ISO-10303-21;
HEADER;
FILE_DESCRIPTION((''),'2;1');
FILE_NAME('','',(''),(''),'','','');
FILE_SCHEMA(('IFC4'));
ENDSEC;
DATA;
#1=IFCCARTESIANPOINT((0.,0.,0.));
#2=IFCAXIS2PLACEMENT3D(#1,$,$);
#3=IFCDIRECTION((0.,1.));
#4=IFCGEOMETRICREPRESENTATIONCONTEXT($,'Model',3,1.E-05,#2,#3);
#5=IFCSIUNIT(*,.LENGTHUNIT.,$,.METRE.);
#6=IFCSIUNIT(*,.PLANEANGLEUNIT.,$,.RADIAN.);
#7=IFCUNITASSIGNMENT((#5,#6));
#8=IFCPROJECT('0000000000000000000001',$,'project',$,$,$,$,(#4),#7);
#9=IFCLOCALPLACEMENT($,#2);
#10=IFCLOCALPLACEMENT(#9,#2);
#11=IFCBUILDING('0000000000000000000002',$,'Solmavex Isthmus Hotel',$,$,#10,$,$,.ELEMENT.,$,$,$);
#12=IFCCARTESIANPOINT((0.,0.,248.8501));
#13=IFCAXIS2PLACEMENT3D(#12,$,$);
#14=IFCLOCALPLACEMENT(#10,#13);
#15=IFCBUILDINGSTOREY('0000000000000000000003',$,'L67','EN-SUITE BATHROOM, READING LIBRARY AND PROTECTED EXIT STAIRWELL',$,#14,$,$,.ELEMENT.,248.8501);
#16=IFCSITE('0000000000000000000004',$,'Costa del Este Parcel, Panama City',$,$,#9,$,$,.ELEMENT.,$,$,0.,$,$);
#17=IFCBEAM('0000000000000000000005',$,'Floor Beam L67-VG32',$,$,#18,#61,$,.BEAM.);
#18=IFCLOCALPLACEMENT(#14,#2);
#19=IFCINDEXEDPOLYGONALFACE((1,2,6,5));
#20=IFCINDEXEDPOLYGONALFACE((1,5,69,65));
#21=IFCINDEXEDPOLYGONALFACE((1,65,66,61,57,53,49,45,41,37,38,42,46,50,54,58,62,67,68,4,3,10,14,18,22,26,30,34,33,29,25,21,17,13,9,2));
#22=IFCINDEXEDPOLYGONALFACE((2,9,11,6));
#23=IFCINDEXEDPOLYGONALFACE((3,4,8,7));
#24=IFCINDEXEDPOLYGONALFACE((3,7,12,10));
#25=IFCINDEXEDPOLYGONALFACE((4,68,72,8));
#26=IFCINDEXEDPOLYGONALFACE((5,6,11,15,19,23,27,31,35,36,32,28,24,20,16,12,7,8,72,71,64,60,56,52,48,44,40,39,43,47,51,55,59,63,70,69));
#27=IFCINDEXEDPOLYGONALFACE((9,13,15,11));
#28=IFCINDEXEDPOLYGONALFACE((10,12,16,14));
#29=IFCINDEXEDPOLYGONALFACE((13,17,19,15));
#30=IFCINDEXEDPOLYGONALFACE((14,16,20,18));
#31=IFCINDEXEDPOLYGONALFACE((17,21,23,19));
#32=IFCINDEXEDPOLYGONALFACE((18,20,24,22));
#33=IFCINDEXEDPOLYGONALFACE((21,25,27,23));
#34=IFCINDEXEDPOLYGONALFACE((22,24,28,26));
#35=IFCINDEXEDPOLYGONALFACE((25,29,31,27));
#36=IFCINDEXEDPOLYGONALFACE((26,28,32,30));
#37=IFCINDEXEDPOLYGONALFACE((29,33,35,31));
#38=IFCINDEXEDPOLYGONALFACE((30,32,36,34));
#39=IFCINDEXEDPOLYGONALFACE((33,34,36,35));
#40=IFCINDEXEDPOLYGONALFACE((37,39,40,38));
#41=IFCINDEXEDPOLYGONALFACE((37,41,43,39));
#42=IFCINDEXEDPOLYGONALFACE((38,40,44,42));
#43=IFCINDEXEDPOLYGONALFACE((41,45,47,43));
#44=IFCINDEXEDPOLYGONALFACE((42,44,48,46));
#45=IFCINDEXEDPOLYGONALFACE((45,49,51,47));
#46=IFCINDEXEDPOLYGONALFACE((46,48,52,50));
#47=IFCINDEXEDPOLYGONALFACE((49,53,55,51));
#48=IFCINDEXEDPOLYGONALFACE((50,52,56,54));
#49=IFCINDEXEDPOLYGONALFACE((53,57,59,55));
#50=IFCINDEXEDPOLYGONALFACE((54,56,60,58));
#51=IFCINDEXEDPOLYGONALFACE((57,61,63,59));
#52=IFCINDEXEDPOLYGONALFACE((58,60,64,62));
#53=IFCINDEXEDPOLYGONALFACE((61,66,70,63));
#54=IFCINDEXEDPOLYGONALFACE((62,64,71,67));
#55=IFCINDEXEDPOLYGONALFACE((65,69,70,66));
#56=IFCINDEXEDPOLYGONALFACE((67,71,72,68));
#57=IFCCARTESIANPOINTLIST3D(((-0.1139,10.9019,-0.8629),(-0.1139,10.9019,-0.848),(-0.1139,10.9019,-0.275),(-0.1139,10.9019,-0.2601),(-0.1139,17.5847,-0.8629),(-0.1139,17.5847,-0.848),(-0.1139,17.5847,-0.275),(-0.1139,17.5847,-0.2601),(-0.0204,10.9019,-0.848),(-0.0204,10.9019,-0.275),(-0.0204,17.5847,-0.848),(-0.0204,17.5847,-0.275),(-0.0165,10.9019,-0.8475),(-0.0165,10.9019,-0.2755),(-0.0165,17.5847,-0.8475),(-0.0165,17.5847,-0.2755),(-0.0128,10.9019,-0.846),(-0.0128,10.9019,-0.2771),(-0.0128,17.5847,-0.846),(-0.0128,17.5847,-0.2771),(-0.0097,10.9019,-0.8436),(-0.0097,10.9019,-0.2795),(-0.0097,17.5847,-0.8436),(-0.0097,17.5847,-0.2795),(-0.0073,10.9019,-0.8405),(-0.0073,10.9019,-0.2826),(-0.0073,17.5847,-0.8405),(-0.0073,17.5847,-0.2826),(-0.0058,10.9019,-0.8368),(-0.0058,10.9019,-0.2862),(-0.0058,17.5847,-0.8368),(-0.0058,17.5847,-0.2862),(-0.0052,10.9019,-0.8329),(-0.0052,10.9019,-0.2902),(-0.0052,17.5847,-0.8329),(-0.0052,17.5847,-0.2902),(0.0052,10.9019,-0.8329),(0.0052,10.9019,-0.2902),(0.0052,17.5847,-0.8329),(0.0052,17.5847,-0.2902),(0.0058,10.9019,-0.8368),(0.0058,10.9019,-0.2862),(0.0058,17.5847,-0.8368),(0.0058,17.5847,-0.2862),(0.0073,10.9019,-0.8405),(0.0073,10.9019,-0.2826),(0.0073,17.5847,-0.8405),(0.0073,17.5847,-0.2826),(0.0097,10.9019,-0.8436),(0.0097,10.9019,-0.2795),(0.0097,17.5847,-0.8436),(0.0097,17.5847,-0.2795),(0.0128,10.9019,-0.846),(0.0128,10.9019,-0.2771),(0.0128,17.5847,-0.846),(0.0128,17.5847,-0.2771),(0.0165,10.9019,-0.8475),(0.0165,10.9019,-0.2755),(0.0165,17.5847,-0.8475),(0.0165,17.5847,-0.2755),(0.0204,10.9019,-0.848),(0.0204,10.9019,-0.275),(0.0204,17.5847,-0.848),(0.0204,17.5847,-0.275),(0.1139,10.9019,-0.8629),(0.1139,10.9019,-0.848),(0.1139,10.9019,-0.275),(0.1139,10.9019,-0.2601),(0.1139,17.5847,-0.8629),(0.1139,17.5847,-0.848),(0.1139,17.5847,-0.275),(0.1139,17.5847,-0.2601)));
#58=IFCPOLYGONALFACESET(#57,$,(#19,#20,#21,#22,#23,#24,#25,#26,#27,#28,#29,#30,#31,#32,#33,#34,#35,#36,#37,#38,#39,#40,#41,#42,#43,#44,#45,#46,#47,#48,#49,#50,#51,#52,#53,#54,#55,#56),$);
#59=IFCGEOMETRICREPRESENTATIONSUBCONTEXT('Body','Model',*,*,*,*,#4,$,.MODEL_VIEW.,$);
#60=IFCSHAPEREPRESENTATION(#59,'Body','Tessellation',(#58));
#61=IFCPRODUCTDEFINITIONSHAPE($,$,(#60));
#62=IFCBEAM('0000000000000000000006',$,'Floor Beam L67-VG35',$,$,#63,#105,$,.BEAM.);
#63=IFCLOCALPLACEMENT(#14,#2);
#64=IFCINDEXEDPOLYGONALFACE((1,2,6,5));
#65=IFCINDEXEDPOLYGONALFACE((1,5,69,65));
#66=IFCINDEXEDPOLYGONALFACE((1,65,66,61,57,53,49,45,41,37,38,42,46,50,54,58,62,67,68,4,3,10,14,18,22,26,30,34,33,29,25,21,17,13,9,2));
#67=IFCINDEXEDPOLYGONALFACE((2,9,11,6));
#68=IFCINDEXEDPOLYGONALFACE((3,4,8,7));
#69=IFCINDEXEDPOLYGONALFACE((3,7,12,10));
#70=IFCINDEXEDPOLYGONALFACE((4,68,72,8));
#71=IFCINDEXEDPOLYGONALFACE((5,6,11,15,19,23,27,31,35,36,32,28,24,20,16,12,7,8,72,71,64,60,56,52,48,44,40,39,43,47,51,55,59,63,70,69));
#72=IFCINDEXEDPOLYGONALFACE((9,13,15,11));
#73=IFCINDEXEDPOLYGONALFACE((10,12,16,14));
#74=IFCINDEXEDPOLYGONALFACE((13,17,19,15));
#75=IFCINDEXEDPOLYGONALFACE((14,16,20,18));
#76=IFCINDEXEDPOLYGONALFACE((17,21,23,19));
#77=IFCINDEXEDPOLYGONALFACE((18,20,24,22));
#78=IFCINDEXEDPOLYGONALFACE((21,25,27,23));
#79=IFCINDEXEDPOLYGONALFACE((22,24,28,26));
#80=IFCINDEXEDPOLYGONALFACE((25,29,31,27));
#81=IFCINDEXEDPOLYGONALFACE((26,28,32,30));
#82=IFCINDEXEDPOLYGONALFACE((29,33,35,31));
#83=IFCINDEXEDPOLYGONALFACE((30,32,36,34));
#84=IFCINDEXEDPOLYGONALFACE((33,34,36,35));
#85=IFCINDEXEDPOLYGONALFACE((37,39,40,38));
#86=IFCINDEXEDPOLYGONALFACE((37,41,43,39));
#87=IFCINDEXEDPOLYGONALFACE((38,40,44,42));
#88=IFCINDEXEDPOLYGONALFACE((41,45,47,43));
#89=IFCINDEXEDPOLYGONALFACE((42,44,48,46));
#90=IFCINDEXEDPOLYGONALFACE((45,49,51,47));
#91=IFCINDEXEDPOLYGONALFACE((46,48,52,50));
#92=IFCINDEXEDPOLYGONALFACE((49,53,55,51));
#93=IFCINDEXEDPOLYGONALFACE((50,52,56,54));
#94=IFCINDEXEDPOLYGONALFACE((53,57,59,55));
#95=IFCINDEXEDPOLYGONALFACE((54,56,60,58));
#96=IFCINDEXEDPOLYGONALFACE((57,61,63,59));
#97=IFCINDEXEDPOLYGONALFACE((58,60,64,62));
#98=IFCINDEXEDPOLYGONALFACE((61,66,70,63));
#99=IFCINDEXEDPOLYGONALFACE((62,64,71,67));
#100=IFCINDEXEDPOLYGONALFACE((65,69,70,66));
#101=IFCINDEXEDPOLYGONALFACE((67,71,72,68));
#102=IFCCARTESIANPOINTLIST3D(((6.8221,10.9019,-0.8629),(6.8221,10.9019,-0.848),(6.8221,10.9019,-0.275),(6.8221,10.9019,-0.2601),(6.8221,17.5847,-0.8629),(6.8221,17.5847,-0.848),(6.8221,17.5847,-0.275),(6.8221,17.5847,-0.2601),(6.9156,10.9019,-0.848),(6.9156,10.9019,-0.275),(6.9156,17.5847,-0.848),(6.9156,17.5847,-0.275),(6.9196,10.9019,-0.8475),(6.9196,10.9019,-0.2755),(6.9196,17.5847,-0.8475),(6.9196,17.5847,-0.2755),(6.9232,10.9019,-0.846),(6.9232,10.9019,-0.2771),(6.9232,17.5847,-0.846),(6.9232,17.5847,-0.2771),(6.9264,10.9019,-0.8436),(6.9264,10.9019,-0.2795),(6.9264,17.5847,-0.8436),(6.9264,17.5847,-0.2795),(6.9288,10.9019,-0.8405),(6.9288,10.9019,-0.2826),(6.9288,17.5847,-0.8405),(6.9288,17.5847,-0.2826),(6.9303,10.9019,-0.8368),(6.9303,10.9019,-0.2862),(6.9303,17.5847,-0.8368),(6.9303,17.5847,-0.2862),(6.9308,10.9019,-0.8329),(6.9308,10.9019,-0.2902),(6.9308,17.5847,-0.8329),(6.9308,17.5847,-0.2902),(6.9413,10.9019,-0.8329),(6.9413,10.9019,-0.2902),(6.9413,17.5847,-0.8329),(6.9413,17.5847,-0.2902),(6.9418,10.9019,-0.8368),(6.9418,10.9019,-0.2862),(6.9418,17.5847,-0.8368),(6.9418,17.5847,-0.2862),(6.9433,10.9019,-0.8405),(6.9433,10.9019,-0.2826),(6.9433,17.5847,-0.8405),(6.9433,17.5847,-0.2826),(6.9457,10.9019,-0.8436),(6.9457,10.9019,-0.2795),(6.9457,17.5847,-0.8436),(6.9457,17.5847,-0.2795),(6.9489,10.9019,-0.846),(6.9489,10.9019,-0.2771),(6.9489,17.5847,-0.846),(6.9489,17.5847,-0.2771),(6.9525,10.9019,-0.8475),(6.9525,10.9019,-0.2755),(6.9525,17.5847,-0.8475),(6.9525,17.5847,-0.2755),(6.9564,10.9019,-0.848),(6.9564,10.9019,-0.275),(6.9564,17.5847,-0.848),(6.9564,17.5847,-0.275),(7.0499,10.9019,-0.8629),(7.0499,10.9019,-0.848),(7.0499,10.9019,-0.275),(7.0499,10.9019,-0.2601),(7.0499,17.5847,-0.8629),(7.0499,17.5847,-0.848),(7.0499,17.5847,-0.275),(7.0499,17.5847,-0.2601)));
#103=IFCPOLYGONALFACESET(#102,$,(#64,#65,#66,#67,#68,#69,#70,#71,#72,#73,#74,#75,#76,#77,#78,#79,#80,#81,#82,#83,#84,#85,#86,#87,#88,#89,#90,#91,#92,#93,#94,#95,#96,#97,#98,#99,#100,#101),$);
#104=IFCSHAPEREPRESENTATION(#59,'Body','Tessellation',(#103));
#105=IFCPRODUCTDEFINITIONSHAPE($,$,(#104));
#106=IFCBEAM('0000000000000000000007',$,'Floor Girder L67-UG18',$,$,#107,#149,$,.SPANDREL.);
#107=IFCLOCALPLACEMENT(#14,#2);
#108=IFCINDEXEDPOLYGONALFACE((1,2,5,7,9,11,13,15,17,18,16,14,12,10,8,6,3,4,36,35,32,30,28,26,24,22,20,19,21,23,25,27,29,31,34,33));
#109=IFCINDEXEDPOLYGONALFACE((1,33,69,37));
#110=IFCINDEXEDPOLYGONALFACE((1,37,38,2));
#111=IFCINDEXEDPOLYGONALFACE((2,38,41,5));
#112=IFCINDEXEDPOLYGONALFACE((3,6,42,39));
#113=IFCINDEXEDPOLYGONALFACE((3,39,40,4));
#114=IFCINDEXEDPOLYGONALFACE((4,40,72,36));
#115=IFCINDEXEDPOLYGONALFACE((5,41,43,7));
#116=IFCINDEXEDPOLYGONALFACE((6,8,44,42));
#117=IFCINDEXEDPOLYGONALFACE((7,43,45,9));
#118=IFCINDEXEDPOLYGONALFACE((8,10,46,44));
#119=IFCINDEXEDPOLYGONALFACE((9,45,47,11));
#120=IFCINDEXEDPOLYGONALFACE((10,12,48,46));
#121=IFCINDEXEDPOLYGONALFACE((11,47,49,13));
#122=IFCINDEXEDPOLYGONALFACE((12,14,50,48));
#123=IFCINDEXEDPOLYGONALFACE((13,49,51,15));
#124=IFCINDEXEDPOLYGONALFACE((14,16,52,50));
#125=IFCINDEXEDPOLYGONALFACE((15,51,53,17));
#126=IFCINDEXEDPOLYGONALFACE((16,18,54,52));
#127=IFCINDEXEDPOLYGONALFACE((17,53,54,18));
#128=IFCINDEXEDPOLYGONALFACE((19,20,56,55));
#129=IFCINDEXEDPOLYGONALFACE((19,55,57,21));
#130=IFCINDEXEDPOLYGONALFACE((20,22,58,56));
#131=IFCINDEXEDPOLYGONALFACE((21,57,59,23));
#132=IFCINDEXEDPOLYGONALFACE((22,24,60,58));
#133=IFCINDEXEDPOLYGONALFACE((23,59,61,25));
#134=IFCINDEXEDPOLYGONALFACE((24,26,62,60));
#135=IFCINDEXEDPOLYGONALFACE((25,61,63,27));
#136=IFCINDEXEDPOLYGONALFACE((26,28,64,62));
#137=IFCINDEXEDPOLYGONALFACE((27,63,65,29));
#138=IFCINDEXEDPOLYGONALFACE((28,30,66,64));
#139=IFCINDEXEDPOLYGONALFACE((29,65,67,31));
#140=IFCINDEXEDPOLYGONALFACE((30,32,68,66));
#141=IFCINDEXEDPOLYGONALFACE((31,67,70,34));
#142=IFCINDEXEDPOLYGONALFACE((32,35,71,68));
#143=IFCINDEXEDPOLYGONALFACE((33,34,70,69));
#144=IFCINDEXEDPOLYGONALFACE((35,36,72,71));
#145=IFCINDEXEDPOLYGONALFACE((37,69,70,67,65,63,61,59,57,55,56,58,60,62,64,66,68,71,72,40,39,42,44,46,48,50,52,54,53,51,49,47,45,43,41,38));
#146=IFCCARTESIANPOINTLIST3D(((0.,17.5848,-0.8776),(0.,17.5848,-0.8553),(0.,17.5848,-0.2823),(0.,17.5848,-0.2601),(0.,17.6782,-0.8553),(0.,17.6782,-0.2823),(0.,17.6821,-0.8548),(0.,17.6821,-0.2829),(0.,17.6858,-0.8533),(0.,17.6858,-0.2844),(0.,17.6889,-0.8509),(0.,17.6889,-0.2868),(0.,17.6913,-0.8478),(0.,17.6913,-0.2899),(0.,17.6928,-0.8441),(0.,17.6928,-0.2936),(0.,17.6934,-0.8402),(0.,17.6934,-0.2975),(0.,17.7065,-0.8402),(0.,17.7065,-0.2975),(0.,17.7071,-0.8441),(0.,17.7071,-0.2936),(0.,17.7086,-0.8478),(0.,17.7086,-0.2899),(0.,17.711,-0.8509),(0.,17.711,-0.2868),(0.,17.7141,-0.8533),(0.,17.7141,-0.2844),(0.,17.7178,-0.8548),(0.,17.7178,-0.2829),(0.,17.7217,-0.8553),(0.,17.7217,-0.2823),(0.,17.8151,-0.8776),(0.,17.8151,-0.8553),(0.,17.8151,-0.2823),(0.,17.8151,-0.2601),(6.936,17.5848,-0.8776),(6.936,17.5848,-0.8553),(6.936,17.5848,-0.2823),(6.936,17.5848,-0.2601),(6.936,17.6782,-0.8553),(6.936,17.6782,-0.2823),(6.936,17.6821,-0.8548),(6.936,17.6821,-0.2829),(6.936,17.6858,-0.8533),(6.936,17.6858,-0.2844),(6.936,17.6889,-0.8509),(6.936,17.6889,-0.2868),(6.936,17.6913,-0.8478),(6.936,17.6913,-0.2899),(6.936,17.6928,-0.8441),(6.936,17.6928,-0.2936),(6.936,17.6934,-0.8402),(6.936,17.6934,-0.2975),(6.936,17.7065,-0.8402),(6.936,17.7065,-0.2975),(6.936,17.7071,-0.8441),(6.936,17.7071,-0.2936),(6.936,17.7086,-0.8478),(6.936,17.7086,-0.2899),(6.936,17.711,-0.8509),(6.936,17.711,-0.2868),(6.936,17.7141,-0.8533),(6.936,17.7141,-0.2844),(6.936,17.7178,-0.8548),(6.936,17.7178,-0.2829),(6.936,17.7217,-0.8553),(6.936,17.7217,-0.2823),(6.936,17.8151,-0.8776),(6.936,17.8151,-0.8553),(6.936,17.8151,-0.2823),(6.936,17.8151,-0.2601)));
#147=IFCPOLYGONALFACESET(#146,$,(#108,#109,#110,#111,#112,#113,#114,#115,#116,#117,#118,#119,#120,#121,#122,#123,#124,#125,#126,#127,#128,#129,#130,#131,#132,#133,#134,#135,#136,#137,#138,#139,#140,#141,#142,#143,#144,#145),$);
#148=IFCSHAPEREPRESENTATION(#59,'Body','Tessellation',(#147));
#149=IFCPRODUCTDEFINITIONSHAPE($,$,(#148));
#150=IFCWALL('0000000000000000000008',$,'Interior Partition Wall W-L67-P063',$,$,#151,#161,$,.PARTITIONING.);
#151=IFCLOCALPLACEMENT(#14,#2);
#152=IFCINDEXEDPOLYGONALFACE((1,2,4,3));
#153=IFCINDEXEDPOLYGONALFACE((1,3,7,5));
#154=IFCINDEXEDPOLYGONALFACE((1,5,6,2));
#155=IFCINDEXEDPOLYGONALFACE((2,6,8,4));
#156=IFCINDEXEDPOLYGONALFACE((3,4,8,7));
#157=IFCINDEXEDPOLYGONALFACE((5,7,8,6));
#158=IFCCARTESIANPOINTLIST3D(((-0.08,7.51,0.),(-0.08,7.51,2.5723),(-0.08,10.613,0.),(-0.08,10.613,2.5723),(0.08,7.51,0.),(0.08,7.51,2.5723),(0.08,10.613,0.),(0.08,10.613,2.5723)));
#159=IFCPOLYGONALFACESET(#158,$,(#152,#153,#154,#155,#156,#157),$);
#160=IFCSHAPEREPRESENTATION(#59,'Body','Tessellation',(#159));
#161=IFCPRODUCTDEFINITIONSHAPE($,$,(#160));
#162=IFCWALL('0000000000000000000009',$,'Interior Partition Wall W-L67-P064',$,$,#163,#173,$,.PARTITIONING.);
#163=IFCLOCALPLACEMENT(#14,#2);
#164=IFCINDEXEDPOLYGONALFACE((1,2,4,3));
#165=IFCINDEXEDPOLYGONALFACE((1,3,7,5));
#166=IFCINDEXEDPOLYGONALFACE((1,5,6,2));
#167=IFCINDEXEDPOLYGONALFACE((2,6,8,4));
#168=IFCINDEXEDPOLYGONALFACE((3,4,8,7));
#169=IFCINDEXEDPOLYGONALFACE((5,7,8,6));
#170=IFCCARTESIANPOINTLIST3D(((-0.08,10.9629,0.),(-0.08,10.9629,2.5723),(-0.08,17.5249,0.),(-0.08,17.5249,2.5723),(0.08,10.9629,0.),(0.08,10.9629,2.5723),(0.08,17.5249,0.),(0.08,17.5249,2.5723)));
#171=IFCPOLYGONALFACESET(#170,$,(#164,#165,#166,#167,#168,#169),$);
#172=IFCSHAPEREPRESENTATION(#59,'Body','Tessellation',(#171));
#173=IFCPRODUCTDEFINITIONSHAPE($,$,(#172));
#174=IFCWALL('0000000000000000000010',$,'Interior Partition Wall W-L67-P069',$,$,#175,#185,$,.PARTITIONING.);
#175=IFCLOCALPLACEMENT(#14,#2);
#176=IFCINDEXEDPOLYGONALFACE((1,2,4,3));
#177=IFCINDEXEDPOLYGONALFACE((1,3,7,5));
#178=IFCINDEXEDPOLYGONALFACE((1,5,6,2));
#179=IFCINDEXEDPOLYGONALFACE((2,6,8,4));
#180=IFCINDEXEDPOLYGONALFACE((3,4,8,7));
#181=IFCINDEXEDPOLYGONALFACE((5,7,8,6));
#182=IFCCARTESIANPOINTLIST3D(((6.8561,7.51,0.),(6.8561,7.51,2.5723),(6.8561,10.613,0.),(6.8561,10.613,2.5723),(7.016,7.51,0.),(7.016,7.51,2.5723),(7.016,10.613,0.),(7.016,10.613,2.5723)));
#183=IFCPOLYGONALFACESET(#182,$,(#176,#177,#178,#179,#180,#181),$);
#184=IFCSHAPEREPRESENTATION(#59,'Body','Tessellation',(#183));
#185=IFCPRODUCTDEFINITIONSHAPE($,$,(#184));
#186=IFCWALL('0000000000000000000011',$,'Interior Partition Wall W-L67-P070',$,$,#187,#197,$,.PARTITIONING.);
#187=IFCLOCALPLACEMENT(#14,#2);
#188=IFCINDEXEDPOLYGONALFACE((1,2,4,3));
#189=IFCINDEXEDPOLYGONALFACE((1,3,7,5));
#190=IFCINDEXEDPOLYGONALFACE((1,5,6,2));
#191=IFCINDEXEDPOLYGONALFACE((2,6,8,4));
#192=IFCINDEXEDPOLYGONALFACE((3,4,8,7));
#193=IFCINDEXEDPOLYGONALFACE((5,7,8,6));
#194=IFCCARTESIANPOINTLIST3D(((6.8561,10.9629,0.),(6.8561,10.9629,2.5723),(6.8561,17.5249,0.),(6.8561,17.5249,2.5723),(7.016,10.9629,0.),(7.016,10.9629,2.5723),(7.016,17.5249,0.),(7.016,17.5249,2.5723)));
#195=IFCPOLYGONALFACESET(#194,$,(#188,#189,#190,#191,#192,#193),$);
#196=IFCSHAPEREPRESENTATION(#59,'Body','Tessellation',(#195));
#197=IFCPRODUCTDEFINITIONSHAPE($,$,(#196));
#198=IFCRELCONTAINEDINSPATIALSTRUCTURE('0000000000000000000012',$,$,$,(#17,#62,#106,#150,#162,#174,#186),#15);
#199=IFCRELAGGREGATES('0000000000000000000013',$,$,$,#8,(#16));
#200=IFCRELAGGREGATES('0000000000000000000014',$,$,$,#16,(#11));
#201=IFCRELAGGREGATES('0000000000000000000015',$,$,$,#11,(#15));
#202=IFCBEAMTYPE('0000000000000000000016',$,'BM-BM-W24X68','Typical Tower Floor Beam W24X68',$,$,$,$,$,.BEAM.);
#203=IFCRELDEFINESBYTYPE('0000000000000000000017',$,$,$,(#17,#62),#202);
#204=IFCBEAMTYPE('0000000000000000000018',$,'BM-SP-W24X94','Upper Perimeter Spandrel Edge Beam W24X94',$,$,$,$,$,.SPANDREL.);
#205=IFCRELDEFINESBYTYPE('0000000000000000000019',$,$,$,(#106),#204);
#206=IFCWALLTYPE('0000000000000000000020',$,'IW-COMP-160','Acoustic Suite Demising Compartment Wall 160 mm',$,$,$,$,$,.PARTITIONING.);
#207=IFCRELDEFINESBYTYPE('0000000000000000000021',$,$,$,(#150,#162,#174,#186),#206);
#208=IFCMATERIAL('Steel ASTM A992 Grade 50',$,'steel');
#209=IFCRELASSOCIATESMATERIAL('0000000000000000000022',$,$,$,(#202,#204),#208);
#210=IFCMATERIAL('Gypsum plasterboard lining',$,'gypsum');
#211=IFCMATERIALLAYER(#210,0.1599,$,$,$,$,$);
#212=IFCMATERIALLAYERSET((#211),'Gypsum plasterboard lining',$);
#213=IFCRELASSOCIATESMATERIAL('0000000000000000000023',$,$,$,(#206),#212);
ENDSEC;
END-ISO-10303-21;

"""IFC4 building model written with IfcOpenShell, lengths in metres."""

from ifc_helpers import new_model, si_unit, direction, frame, frame_2d, origin, origin_2d, place, context, subcontext, project, spatial, rectangle, i_section, extrude, material, layer, layer_set, material_profile, profile_set, type_object, element, save


model = new_model("IFC4")

# Units and contexts
model_context = context("Model", 3, precision=1e-05, world=origin(), true_north=direction((0.0, 1.0)))
body_context = subcontext(model_context, "Body", "Model", "MODEL_VIEW")
ifc_project = project(units=[si_unit("LENGTHUNIT", "METRE"), si_unit("PLANEANGLEUNIT", "RADIAN")], contexts=[model_context])

# Site, building, storey
site_placement = place(None, origin())
site = spatial("IfcSite", under=ifc_project, at=site_placement, Name="Costa del Este Parcel, Panama City", CompositionType="ELEMENT", RefElevation=0.0)
building_placement = place(site_placement, origin())
building = spatial("IfcBuilding", under=site, at=building_placement, Name="Solmavex Isthmus Hotel", CompositionType="ELEMENT")
storey_placement = place(building_placement, frame((0.0, 0.0, 248.8501)))
storey = spatial("IfcBuildingStorey", under=building, at=storey_placement, Name="L67", Description="EN-SUITE BATHROOM, READING LIBRARY AND PROTECTED EXIT STAIRWELL", CompositionType="ELEMENT", Elevation=248.8501)

# Beams
ifc_material_1 = material(Name="Steel ASTM A992 Grade 50", Category="steel")
ifc_material_profile_1 = material_profile(ifc_material_1, i_section(OverallWidth=0.2278, OverallDepth=0.6028, WebThickness=0.0105, FlangeThickness=0.0149, FilletRadius=0.0151, at=origin_2d()), Name="W24X68")
ifc_profile_set_1 = profile_set([ifc_material_profile_1], Name="Steel ASTM A992 Grade 50")
beam_type_1 = type_object("IfcBeamType", Name="BM-BM-W24X68", Description="Typical Tower Floor Beam W24X68", PredefinedType="BEAM", material=ifc_profile_set_1)
for number, where, z_axis, x_axis, name in (
    (1, (0.0, 10.9019, -0.5615), (0.0, 1.0, 0.0), (-1.0, 0.0, 0.0), "Floor Beam L67-VG32"),
    (2, (6.936, 10.9019, -0.5615), (0.0, 1.0, 0.0), (-1.0, 0.0, 0.0), "Floor Beam L67-VG35"),
):
    element("IfcBeam", number, at=place(storey_placement, frame(where, z_axis=z_axis, x_axis=x_axis)), inside=storey, type_object=beam_type_1, Name=name, PredefinedType="BEAM", context=body_context, shape_type="SweptSolid", body=[
        extrude(i_section(OverallWidth=0.2278, OverallDepth=0.6028, WebThickness=0.0105, FlangeThickness=0.0149, FilletRadius=0.0151, at=origin_2d()), origin(), (0.0, 0.0, 1.0), 6.6829),
    ])
ifc_material_profile_2 = material_profile(ifc_material_1, i_section(OverallWidth=0.2302, OverallDepth=0.6174, WebThickness=0.0132, FlangeThickness=0.0222, FilletRadius=0.0151, at=origin_2d()), Name="W24X94")
ifc_profile_set_2 = profile_set([ifc_material_profile_2], Name="Steel ASTM A992 Grade 50")
beam_type_2 = type_object("IfcBeamType", Name="BM-SP-W24X94", Description="Upper Perimeter Spandrel Edge Beam W24X94", PredefinedType="SPANDREL", material=ifc_profile_set_2)
beam_placement = place(storey_placement, frame((0.0, 17.7, -0.5688), z_axis=(1.0, 0.0, 0.0), x_axis=(0.0, 1.0, 0.0)))
element("IfcBeam", 3, at=beam_placement, inside=storey, type_object=beam_type_2, Name="Floor Girder L67-UG18", PredefinedType="SPANDREL", context=body_context, shape_type="SweptSolid", body=[
    extrude(i_section(OverallWidth=0.2302, OverallDepth=0.6174, WebThickness=0.0132, FlangeThickness=0.0222, FilletRadius=0.0151, at=origin_2d()), origin(), (0.0, 0.0, 1.0), 6.936),
])

# Walls
ifc_material_2 = material(Name="Gypsum plasterboard lining", Category="gypsum")
ifc_layer_1 = layer(ifc_material_2, 0.1599)
ifc_layer_set_1 = layer_set([ifc_layer_1], Name="Gypsum plasterboard lining")
wall_type_1 = type_object("IfcWallType", Name="IW-COMP-160", Description="Acoustic Suite Demising Compartment Wall 160 mm", PredefinedType="PARTITIONING", material=ifc_layer_set_1)
wall_1_placement = place(storey_placement, frame((0.0, 10.613, 0.0), z_axis=(0.0, 0.0, 1.0), x_axis=(0.0, -1.0, 0.0)))
element("IfcWall", 4, at=wall_1_placement, inside=storey, type_object=wall_type_1, Name="Interior Partition Wall W-L67-P063", PredefinedType="PARTITIONING", context=body_context, shape_type="SweptSolid", body=[
    extrude(rectangle(XDim=3.103, YDim=0.1599, at=frame_2d((1.5515, 0.0))), origin(), (0.0, 0.0, 1.0), 2.5723),
])
wall_2_placement = place(storey_placement, frame((0.0, 17.5249, 0.0), z_axis=(0.0, 0.0, 1.0), x_axis=(0.0, -1.0, 0.0)))
element("IfcWall", 5, at=wall_2_placement, inside=storey, type_object=wall_type_1, Name="Interior Partition Wall W-L67-P064", PredefinedType="PARTITIONING", context=body_context, shape_type="SweptSolid", body=[
    extrude(rectangle(XDim=6.562, YDim=0.1599, at=frame_2d((3.281, 0.0))), origin(), (0.0, 0.0, 1.0), 2.5723),
])
wall_3_placement = place(storey_placement, frame((6.936, 10.613, 0.0), z_axis=(0.0, 0.0, 1.0), x_axis=(0.0, -1.0, 0.0)))
element("IfcWall", 6, at=wall_3_placement, inside=storey, type_object=wall_type_1, Name="Interior Partition Wall W-L67-P069", PredefinedType="PARTITIONING", context=body_context, shape_type="SweptSolid", body=[
    extrude(rectangle(XDim=3.103, YDim=0.1599, at=frame_2d((1.5515, 0.0))), origin(), (0.0, 0.0, 1.0), 2.5723),
])
wall_4_placement = place(storey_placement, frame((6.936, 17.5249, 0.0), z_axis=(0.0, 0.0, 1.0), x_axis=(0.0, -1.0, 0.0)))
element("IfcWall", 7, at=wall_4_placement, inside=storey, type_object=wall_type_1, Name="Interior Partition Wall W-L67-P070", PredefinedType="PARTITIONING", context=body_context, shape_type="SweptSolid", body=[
    extrude(rectangle(XDim=6.562, YDim=0.1599, at=frame_2d((3.281, 0.0))), origin(), (0.0, 0.0, 1.0), 2.5723),
])

save(model, "model.ifc")
